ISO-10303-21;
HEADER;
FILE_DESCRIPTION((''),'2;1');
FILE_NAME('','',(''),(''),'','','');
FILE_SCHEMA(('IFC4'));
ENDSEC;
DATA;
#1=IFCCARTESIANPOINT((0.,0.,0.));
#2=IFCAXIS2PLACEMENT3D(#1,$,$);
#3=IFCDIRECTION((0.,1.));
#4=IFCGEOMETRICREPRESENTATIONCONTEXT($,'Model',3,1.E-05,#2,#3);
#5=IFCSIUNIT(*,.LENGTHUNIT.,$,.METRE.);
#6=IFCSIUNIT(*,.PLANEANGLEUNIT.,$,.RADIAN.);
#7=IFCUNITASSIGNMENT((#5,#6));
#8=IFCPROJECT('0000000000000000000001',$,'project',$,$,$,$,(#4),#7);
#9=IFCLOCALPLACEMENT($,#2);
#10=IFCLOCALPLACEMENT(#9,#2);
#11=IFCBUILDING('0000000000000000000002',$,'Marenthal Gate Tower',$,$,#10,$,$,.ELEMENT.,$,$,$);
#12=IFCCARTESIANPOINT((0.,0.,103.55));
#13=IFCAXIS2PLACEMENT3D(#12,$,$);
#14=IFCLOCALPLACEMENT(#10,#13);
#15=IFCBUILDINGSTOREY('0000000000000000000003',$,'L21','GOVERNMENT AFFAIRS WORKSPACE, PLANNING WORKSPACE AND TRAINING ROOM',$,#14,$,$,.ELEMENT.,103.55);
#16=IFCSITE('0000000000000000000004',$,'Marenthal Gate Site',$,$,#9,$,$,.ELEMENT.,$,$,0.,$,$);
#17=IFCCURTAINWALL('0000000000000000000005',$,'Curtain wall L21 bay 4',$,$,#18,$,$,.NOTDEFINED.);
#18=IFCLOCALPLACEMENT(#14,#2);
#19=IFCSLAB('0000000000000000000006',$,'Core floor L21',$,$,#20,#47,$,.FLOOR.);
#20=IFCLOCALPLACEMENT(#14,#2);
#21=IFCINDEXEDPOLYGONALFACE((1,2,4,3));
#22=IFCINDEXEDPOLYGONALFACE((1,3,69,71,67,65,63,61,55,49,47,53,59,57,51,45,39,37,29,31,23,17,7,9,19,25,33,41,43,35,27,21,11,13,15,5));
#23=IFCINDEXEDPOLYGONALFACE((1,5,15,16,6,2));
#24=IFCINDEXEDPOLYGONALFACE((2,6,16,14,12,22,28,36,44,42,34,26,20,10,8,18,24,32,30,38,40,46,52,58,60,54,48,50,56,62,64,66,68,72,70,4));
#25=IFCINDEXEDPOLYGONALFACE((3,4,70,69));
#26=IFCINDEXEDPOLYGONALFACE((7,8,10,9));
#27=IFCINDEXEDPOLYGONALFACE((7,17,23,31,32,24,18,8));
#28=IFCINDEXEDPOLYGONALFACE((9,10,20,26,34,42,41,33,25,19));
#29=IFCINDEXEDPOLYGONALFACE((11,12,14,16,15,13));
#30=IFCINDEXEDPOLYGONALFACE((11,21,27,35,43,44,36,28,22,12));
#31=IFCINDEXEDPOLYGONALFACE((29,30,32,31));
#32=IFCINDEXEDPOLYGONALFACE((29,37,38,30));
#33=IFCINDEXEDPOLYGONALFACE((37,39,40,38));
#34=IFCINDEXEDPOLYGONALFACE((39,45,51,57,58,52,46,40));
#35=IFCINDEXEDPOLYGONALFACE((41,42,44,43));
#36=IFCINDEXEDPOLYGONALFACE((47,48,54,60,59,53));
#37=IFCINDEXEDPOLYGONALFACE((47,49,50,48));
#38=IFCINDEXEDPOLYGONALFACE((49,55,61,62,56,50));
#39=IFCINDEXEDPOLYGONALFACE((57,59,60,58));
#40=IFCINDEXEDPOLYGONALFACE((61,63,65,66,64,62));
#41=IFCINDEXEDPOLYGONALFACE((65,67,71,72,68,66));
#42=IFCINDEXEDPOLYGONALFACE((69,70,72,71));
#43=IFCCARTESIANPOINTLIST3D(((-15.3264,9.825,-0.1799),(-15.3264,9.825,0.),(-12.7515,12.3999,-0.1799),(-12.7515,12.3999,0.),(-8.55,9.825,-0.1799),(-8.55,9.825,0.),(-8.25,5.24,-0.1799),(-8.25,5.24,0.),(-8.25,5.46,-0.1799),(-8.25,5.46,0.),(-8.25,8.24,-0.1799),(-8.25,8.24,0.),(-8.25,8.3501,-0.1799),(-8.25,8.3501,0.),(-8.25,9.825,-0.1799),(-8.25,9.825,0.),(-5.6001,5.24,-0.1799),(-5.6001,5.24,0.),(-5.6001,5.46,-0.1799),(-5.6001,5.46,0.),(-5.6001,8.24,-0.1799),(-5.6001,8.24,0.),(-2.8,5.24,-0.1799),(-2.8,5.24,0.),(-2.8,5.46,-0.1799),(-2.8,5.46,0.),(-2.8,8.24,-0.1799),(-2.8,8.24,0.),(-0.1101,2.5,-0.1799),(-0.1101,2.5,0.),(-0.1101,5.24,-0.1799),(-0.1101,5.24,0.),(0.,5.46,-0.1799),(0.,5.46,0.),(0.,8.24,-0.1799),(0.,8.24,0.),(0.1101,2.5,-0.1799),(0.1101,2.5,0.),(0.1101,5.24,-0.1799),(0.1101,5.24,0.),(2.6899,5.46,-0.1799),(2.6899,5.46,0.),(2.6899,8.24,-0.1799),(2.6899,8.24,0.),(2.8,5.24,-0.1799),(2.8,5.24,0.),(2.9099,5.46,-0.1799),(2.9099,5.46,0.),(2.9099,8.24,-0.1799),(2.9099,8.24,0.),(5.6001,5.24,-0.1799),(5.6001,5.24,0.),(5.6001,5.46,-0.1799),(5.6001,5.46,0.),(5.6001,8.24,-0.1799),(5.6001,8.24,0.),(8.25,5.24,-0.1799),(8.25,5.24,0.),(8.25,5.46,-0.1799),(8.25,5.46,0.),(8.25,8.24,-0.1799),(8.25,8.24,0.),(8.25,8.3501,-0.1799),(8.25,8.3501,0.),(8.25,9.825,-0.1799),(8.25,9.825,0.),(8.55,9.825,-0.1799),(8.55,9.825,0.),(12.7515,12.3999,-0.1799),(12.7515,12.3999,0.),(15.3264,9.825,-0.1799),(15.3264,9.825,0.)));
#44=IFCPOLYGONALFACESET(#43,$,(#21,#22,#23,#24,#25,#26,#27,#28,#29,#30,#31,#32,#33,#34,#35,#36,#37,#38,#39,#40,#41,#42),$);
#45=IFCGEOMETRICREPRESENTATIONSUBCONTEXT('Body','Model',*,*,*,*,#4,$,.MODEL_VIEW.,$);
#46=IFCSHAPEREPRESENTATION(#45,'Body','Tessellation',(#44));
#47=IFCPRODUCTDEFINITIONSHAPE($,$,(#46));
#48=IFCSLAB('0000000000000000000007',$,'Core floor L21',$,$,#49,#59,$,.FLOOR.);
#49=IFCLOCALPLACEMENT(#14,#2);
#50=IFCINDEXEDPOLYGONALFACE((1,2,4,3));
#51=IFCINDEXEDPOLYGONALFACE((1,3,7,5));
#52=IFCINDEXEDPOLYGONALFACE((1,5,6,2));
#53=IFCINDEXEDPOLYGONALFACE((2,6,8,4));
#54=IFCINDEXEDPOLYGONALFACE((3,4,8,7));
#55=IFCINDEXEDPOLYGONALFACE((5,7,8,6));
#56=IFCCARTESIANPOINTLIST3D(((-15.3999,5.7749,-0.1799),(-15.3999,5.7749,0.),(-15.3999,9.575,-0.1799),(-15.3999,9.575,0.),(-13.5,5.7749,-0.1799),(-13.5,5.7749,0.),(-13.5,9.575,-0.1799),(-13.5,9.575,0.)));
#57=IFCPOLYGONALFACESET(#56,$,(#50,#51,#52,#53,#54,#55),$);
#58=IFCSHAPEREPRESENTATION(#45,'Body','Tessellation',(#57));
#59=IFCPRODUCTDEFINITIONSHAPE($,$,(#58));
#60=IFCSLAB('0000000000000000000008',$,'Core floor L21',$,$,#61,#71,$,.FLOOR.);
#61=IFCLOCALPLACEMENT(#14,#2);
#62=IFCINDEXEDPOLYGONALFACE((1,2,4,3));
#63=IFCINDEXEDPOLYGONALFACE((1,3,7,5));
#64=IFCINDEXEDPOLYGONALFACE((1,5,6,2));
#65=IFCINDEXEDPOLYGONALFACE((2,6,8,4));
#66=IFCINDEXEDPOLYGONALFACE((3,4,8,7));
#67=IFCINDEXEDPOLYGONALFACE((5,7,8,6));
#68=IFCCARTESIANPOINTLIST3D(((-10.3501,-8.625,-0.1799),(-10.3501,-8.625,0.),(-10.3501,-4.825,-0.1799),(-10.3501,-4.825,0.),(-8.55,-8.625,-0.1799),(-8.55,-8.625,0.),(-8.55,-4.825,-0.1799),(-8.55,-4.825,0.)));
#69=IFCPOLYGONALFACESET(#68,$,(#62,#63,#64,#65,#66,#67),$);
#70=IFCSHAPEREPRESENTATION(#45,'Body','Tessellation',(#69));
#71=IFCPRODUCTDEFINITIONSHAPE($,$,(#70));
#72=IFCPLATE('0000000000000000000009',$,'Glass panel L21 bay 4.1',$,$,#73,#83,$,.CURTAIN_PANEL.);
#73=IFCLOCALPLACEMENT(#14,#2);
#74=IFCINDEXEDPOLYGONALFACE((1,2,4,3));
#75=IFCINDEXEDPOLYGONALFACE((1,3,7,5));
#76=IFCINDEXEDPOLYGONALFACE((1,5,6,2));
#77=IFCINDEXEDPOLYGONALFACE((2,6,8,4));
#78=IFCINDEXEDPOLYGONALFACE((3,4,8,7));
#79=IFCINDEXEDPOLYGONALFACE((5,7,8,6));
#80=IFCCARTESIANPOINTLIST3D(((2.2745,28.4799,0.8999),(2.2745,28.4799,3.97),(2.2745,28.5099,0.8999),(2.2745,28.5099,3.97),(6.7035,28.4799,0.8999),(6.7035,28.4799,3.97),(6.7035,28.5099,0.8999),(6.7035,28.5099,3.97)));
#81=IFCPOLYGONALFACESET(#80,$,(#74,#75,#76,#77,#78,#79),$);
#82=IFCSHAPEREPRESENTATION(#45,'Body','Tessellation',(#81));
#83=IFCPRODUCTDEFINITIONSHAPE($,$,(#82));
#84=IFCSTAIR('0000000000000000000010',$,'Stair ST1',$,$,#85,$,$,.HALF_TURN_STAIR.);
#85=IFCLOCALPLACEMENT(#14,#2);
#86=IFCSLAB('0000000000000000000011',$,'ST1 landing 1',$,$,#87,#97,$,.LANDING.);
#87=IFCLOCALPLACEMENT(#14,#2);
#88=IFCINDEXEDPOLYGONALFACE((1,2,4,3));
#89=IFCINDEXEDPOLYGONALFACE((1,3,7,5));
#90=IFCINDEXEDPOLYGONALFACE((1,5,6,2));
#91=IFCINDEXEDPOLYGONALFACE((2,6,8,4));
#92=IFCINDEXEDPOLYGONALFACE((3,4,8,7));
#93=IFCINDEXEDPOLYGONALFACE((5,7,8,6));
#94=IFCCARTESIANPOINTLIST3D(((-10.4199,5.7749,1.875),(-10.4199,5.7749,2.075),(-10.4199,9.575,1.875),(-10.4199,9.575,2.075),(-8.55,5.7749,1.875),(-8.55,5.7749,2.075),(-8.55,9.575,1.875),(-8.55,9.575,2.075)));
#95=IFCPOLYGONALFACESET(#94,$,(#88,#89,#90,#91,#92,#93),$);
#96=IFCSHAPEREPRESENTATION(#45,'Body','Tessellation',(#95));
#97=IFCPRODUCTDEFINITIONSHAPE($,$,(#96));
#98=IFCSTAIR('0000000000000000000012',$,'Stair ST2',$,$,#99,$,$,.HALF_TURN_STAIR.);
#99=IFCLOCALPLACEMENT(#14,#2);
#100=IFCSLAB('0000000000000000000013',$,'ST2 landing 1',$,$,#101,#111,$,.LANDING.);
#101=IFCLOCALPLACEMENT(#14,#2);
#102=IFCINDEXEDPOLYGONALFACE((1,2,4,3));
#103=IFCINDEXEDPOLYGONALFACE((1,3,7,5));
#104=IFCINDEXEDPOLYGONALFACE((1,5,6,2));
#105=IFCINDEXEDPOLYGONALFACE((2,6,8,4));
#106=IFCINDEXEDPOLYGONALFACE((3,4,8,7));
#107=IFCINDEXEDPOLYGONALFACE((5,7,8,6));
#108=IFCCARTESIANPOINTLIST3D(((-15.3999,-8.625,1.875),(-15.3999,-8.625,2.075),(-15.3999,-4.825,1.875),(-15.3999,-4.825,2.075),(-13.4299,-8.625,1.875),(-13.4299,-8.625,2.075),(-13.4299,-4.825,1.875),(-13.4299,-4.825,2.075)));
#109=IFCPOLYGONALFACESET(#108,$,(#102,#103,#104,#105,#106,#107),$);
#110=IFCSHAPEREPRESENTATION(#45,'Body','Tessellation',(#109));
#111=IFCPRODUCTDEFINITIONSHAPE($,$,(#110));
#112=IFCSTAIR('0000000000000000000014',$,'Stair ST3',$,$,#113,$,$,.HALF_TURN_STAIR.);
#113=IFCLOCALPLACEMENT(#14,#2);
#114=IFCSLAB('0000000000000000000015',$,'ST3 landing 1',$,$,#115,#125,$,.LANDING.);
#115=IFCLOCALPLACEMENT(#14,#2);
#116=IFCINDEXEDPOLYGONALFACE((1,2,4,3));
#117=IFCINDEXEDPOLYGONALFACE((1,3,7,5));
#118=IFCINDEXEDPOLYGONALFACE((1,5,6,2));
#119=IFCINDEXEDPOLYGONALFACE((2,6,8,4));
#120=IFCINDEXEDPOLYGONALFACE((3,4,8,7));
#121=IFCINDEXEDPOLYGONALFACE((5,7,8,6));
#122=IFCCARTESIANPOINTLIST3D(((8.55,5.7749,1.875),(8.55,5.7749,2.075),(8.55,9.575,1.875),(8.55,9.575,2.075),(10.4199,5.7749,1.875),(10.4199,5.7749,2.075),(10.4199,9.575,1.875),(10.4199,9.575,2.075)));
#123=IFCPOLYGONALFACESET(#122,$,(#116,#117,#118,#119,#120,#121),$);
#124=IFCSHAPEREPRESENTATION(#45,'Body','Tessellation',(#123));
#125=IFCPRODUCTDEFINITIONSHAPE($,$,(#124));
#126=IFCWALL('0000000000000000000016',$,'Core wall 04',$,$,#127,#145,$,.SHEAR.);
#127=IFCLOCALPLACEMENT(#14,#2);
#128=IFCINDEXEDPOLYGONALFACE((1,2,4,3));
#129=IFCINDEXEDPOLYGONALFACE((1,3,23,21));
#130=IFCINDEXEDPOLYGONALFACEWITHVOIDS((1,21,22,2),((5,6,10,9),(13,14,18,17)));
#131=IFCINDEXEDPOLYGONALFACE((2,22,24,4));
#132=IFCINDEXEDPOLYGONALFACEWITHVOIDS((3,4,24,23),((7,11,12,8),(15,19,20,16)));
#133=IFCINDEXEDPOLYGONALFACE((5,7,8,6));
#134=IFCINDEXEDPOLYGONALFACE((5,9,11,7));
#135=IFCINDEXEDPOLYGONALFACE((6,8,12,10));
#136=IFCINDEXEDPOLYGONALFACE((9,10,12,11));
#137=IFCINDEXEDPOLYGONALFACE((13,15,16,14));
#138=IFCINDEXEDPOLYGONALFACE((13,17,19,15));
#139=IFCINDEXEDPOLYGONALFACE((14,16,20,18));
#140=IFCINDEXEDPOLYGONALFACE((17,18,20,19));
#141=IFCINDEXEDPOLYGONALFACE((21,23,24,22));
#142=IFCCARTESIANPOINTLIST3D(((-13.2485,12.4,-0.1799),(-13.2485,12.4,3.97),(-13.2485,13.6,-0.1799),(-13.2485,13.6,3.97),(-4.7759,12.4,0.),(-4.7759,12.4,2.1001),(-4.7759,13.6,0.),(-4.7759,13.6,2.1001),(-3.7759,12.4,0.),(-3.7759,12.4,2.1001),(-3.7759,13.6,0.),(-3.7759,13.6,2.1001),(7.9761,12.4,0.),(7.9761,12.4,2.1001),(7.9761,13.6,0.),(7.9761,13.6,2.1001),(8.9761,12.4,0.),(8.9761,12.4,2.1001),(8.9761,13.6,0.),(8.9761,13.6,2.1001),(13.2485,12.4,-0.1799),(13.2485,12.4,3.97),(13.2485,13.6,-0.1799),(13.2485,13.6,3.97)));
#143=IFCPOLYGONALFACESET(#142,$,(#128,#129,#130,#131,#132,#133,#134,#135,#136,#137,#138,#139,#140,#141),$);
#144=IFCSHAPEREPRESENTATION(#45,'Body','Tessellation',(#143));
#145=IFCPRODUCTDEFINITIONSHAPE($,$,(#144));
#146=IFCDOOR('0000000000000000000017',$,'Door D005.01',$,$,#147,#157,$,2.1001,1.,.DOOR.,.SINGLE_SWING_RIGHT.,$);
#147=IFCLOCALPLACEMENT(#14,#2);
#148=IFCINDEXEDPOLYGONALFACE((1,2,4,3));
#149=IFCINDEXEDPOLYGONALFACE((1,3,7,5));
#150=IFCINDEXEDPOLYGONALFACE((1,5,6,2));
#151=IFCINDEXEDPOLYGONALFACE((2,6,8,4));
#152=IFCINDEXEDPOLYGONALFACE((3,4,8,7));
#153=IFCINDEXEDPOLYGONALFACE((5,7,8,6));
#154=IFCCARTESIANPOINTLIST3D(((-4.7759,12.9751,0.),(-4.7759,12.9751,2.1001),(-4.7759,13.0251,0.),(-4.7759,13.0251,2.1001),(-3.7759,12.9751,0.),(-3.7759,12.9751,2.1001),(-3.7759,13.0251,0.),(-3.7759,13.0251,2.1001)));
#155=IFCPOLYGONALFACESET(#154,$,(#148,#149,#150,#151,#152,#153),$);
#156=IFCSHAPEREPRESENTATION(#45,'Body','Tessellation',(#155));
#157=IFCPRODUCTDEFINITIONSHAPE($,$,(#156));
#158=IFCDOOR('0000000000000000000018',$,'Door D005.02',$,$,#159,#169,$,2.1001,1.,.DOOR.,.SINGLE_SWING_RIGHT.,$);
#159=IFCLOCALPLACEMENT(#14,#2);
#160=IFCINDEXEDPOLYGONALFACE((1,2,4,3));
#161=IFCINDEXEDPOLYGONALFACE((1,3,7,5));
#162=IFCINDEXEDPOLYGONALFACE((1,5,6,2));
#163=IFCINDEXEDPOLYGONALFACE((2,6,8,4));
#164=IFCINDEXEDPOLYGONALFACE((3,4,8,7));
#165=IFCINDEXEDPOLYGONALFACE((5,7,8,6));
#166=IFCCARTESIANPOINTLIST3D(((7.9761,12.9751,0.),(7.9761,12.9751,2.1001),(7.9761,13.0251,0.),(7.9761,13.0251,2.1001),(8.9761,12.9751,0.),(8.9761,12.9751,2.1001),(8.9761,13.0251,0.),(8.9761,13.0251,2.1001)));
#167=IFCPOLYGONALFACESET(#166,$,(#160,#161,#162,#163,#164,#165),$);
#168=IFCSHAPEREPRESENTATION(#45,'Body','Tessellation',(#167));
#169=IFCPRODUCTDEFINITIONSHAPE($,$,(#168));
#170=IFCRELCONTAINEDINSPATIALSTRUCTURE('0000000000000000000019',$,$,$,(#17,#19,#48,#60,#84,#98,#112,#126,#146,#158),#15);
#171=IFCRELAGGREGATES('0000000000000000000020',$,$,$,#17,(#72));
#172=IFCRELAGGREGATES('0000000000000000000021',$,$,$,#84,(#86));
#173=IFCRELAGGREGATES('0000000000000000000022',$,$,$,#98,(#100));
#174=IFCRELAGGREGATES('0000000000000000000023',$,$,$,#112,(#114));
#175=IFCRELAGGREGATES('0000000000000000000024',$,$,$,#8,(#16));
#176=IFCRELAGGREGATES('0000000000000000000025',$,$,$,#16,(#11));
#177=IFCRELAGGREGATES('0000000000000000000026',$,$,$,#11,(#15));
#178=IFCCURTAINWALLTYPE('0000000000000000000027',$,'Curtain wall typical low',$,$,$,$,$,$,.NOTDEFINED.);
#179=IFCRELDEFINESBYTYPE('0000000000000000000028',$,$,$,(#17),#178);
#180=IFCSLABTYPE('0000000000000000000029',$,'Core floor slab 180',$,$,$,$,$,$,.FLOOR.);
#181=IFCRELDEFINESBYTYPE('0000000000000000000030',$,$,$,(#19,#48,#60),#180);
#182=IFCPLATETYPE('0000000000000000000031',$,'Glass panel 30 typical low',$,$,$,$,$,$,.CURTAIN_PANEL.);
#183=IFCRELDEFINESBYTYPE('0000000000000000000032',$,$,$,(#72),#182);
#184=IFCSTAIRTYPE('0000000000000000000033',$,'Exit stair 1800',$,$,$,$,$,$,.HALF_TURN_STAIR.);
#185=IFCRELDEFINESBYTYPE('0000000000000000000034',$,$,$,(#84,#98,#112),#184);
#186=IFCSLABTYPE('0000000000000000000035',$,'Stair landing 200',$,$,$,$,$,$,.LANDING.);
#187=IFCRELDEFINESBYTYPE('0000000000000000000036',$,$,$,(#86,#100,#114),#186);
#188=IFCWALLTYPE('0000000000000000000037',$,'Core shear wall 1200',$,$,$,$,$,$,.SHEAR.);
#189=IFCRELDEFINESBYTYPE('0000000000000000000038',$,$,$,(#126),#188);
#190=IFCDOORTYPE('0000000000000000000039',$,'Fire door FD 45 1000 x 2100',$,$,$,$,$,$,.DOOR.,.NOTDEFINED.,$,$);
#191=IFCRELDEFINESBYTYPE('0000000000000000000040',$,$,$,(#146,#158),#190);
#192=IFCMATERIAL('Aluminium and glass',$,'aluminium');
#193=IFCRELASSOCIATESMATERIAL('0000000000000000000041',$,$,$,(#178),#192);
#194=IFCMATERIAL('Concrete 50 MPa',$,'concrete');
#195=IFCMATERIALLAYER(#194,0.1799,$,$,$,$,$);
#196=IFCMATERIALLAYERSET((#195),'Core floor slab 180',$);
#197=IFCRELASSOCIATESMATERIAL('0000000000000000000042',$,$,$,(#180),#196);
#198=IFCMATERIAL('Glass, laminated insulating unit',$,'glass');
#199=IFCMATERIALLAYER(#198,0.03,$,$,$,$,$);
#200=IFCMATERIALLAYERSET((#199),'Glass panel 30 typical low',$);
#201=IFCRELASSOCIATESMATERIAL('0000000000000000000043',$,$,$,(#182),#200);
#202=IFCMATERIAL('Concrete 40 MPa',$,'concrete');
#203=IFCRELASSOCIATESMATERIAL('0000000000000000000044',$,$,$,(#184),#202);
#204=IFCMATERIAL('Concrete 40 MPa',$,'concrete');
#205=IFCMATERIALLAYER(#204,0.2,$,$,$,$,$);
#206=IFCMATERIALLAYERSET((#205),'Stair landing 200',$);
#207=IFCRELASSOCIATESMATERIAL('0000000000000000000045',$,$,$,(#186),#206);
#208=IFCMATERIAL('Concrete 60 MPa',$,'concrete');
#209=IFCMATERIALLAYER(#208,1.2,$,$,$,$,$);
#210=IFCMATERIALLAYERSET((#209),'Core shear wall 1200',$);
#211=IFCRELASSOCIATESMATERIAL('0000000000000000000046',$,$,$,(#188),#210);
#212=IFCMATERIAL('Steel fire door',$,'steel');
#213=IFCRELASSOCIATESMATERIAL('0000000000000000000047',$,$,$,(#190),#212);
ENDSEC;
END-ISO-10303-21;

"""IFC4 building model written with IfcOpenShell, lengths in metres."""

from ifc_helpers import new_model, si_unit, direction, frame, frame_2d, origin, origin_2d, place, context, subcontext, project, spatial, polyline, rectangle, outline, extrude, material, layer, layer_set, type_object, element, fill, aggregate, save


model = new_model("IFC4")

# Units and contexts
model_context = context("Model", 3, precision=1e-05, world=origin(), true_north=direction((0.0, 1.0)))
body_context = subcontext(model_context, "Body", "Model", "MODEL_VIEW")
ifc_project = project(units=[si_unit("LENGTHUNIT", "METRE"), si_unit("PLANEANGLEUNIT", "RADIAN")], contexts=[model_context])

# Site, building, storey
site_placement = place(None, origin())
site = spatial("IfcSite", under=ifc_project, at=site_placement, Name="Marenthal Gate Site", CompositionType="ELEMENT", RefElevation=0.0)
building_placement = place(site_placement, origin())
building = spatial("IfcBuilding", under=site, at=building_placement, Name="Marenthal Gate Tower", CompositionType="ELEMENT")
storey_placement = place(building_placement, frame((0.0, 0.0, 103.55)))
storey = spatial("IfcBuildingStorey", under=building, at=storey_placement, Name="L21", Description="GOVERNMENT AFFAIRS WORKSPACE, PLANNING WORKSPACE AND TRAINING ROOM", CompositionType="ELEMENT", Elevation=103.55)

# Curtain wall
ifc_material_1 = material(Name="Aluminium and glass", Category="aluminium")
curtain_wall_type = type_object("IfcCurtainWallType", Name="Curtain wall typical low", PredefinedType="NOTDEFINED", material=ifc_material_1)
curtain_wall_placement = place(storey_placement, origin())
curtain_wall = element("IfcCurtainWall", 1, at=curtain_wall_placement, inside=storey, type_object=curtain_wall_type, Name="Curtain wall L21 bay 4", PredefinedType="NOTDEFINED")

# Slabs
ifc_material_2 = material(Name="Concrete 50 MPa", Category="concrete")
ifc_layer_1 = layer(ifc_material_2, 0.1799)
ifc_layer_set_1 = layer_set([ifc_layer_1], Name="Core floor slab 180")
slab_type_1 = type_object("IfcSlabType", Name="Core floor slab 180", PredefinedType="FLOOR", material=ifc_layer_set_1)
slab_1_placement = place(storey_placement, frame((0.0, 0.0, -0.1799)))
element("IfcSlab", 2, at=slab_1_placement, inside=storey, type_object=slab_type_1, Name="Core floor L21", PredefinedType="FLOOR", context=body_context, shape_type="SweptSolid", body=[
    extrude(outline(polyline([(12.7515, 12.3999), (15.3264, 9.825), (8.55, 9.825), (8.25, 9.825), (8.25, 8.3501), (8.25, 8.24), (5.6001, 8.24), (2.9099, 8.24), (2.9099, 5.46), (5.6001, 5.46), (8.25, 5.46), (8.25, 5.24), (5.6001, 5.24), (2.8, 5.24), (0.1101, 5.24), (0.1101, 2.5), (-0.1101, 2.5), (-0.1101, 5.24), (-2.8, 5.24), (-5.6001, 5.24), (-8.25, 5.24), (-8.25, 5.46), (-5.6001, 5.46), (-2.8, 5.46), (0.0, 5.46), (2.6899, 5.46), (2.6899, 8.24), (0.0, 8.24), (-2.8, 8.24), (-5.6001, 8.24), (-8.25, 8.24), (-8.25, 8.3501), (-8.25, 9.825), (-8.55, 9.825), (-15.3264, 9.825), (-12.7515, 12.3999), (12.7515, 12.3999)])), origin(), (0.0, 0.0, 1.0), 0.1799),
])
slab_2_placement = place(storey_placement, frame((0.0, 0.0, -0.1799)))
element("IfcSlab", 3, at=slab_2_placement, inside=storey, type_object=slab_type_1, Name="Core floor L21", PredefinedType="FLOOR", context=body_context, shape_type="SweptSolid", body=[
    extrude(outline(polyline([(-15.3999, 9.575), (-13.5, 9.575), (-13.5, 5.7749), (-15.3999, 5.7749), (-15.3999, 9.575)])), origin(), (0.0, 0.0, 1.0), 0.1799),
])
slab_3_placement = place(storey_placement, frame((0.0, 0.0, -0.1799)))
element("IfcSlab", 4, at=slab_3_placement, inside=storey, type_object=slab_type_1, Name="Core floor L21", PredefinedType="FLOOR", context=body_context, shape_type="SweptSolid", body=[
    extrude(outline(polyline([(-8.55, -8.625), (-10.3501, -8.625), (-10.3501, -4.825), (-8.55, -4.825), (-8.55, -8.625)])), origin(), (0.0, 0.0, 1.0), 0.1799),
])

# Plate
ifc_material_3 = material(Name="Glass, laminated insulating unit", Category="glass")
ifc_layer_2 = layer(ifc_material_3, 0.03)
ifc_layer_set_2 = layer_set([ifc_layer_2], Name="Glass panel 30 typical low")
plate_type = type_object("IfcPlateType", Name="Glass panel 30 typical low", PredefinedType="CURTAIN_PANEL", material=ifc_layer_set_2)
plate_placement = place(storey_placement, frame((4.489, 28.4949, 0.8999), z_axis=(0.0, 0.0, 1.0), x_axis=(-1.0, 0.0, 0.0)))
plate = element("IfcPlate", 5, at=plate_placement, type_object=plate_type, Name="Glass panel L21 bay 4.1", PredefinedType="CURTAIN_PANEL", context=body_context, shape_type="SweptSolid", body=[
    extrude(rectangle(XDim=4.429, YDim=0.03, at=origin_2d()), origin(), (0.0, 0.0, 1.0), 3.0701),
])
aggregate(curtain_wall, [plate])

# Stairs, slabs
ifc_material_4 = material(Name="Concrete 40 MPa", Category="concrete")
stair_type = type_object("IfcStairType", Name="Exit stair 1800", PredefinedType="HALF_TURN_STAIR", material=ifc_material_4)
stair_1_placement = place(storey_placement, origin())
stair_1 = element("IfcStair", 6, at=stair_1_placement, inside=storey, type_object=stair_type, Name="Stair ST1", PredefinedType="HALF_TURN_STAIR")
ifc_material_5 = material(Name="Concrete 40 MPa", Category="concrete")
ifc_layer_3 = layer(ifc_material_5, 0.2)
ifc_layer_set_3 = layer_set([ifc_layer_3], Name="Stair landing 200")
slab_type_2 = type_object("IfcSlabType", Name="Stair landing 200", PredefinedType="LANDING", material=ifc_layer_set_3)
slab_4_placement = place(storey_placement, frame((0.0, 0.0, 1.875)))
slab_4 = element("IfcSlab", 7, at=slab_4_placement, type_object=slab_type_2, Name="ST1 landing 1", PredefinedType="LANDING", context=body_context, shape_type="SweptSolid", body=[
    extrude(outline(polyline([(-10.4199, 5.7749), (-8.55, 5.7749), (-8.55, 9.575), (-10.4199, 9.575), (-10.4199, 5.7749)])), origin(), (0.0, 0.0, 1.0), 0.2),
])
aggregate(stair_1, [slab_4])
stair_2_placement = place(storey_placement, origin())
stair_2 = element("IfcStair", 8, at=stair_2_placement, inside=storey, type_object=stair_type, Name="Stair ST2", PredefinedType="HALF_TURN_STAIR")
slab_5_placement = place(storey_placement, frame((0.0, 0.0, 1.875)))
slab_5 = element("IfcSlab", 9, at=slab_5_placement, type_object=slab_type_2, Name="ST2 landing 1", PredefinedType="LANDING", context=body_context, shape_type="SweptSolid", body=[
    extrude(outline(polyline([(-15.3999, -8.625), (-13.4299, -8.625), (-13.4299, -4.825), (-15.3999, -4.825), (-15.3999, -8.625)])), origin(), (0.0, 0.0, 1.0), 0.2),
])
aggregate(stair_2, [slab_5])
stair_3_placement = place(storey_placement, origin())
stair_3 = element("IfcStair", 10, at=stair_3_placement, inside=storey, type_object=stair_type, Name="Stair ST3", PredefinedType="HALF_TURN_STAIR")
slab_6_placement = place(storey_placement, frame((0.0, 0.0, 1.875)))
slab_6 = element("IfcSlab", 11, at=slab_6_placement, type_object=slab_type_2, Name="ST3 landing 1", PredefinedType="LANDING", context=body_context, shape_type="SweptSolid", body=[
    extrude(outline(polyline([(8.55, 5.7749), (10.4199, 5.7749), (10.4199, 9.575), (8.55, 9.575), (8.55, 5.7749)])), origin(), (0.0, 0.0, 1.0), 0.2),
])

# Wall, openings, doors
ifc_material_6 = material(Name="Concrete 60 MPa", Category="concrete")
ifc_layer_4 = layer(ifc_material_6, 1.2)
ifc_layer_set_4 = layer_set([ifc_layer_4], Name="Core shear wall 1200")
wall_type_1 = type_object("IfcWallType", Name="Core shear wall 1200", PredefinedType="SHEAR", material=ifc_layer_set_4)
wall_1_placement = place(storey_placement, frame((13.2485, 13.0, -0.1799), z_axis=(0.0, 0.0, 1.0), x_axis=(-1.0, 0.0, 0.0)))
wall_1 = element("IfcWall", 12, at=wall_1_placement, inside=storey, type_object=wall_type_1, Name="Core wall 04", PredefinedType="SHEAR", context=body_context, shape_type="SweptSolid", body=[
    extrude(rectangle(XDim=26.4971, YDim=1.2, at=frame_2d((13.2485, 0.0))), origin(), (0.0, 0.0, 1.0), 4.1499),
])
opening_1_placement = place(wall_1_placement, frame((17.0244, 0.0, 0.1799)))
opening_1 = element("IfcOpeningElement", 13, at=opening_1_placement, cuts=wall_1, PredefinedType="OPENING", context=body_context, shape_type="SweptSolid", body=[
    extrude(rectangle(XDim=1.0, YDim=2.1001, at=frame_2d((0.5, 1.05))), frame((0.0, 0.6099, 0.0), z_axis=(0.0, -1.0, 0.0), x_axis=(1.0, 0.0, 0.0)), (0.0, 0.0, 1.0), 1.22),
])
opening_2_placement = place(wall_1_placement, frame((4.2725, 0.0, 0.1799)))
opening_2 = element("IfcOpeningElement", 14, at=opening_2_placement, cuts=wall_1, PredefinedType="OPENING", context=body_context, shape_type="SweptSolid", body=[
    extrude(rectangle(XDim=1.0, YDim=2.1001, at=frame_2d((0.5, 1.05))), frame((0.0, 0.6099, 0.0), z_axis=(0.0, -1.0, 0.0), x_axis=(1.0, 0.0, 0.0)), (0.0, 0.0, 1.0), 1.22),
])
ifc_material_7 = material(Name="Steel fire door", Category="steel")
door_type_1 = type_object("IfcDoorType", Name="Fire door FD 45 1000 x 2100", OperationType="NOTDEFINED", PredefinedType="DOOR", material=ifc_material_7)
door_1_placement = place(opening_1_placement, origin())
door_1 = element("IfcDoor", 15, at=door_1_placement, inside=storey, type_object=door_type_1, Name="Door D005.01", OperationType="SINGLE_SWING_RIGHT", OverallHeight=2.1001, OverallWidth=1.0, PredefinedType="DOOR", context=body_context, shape_type="SweptSolid", body=[
    extrude(rectangle(XDim=1.0, YDim=2.1001, at=frame_2d((0.5, 1.05))), frame((0.0, 0.0249, 0.0), z_axis=(0.0, -1.0, 0.0), x_axis=(1.0, 0.0, 0.0)), (0.0, 0.0, 1.0), 0.05),
])
fill(opening_1, door_1)
door_2_placement = place(opening_2_placement, origin())
door_2 = element("IfcDoor", 16, at=door_2_placement, inside=storey, type_object=door_type_1, Name="Door D005.02", OperationType="SINGLE_SWING_RIGHT", OverallHeight=2.1001, OverallWidth=1.0, PredefinedType="DOOR", context=body_context, shape_type="SweptSolid", body=[
    extrude(rectangle(XDim=1.0, YDim=2.1001, at=frame_2d((0.5, 1.05))), frame((0.0, 0.0249, 0.0), z_axis=(0.0, -1.0, 0.0), x_axis=(1.0, 0.0, 0.0)), (0.0, 0.0, 1.0), 0.05),
])
fill(opening_2, door_2)

aggregate(stair_3, [slab_6])

save(model, "model.ifc")
